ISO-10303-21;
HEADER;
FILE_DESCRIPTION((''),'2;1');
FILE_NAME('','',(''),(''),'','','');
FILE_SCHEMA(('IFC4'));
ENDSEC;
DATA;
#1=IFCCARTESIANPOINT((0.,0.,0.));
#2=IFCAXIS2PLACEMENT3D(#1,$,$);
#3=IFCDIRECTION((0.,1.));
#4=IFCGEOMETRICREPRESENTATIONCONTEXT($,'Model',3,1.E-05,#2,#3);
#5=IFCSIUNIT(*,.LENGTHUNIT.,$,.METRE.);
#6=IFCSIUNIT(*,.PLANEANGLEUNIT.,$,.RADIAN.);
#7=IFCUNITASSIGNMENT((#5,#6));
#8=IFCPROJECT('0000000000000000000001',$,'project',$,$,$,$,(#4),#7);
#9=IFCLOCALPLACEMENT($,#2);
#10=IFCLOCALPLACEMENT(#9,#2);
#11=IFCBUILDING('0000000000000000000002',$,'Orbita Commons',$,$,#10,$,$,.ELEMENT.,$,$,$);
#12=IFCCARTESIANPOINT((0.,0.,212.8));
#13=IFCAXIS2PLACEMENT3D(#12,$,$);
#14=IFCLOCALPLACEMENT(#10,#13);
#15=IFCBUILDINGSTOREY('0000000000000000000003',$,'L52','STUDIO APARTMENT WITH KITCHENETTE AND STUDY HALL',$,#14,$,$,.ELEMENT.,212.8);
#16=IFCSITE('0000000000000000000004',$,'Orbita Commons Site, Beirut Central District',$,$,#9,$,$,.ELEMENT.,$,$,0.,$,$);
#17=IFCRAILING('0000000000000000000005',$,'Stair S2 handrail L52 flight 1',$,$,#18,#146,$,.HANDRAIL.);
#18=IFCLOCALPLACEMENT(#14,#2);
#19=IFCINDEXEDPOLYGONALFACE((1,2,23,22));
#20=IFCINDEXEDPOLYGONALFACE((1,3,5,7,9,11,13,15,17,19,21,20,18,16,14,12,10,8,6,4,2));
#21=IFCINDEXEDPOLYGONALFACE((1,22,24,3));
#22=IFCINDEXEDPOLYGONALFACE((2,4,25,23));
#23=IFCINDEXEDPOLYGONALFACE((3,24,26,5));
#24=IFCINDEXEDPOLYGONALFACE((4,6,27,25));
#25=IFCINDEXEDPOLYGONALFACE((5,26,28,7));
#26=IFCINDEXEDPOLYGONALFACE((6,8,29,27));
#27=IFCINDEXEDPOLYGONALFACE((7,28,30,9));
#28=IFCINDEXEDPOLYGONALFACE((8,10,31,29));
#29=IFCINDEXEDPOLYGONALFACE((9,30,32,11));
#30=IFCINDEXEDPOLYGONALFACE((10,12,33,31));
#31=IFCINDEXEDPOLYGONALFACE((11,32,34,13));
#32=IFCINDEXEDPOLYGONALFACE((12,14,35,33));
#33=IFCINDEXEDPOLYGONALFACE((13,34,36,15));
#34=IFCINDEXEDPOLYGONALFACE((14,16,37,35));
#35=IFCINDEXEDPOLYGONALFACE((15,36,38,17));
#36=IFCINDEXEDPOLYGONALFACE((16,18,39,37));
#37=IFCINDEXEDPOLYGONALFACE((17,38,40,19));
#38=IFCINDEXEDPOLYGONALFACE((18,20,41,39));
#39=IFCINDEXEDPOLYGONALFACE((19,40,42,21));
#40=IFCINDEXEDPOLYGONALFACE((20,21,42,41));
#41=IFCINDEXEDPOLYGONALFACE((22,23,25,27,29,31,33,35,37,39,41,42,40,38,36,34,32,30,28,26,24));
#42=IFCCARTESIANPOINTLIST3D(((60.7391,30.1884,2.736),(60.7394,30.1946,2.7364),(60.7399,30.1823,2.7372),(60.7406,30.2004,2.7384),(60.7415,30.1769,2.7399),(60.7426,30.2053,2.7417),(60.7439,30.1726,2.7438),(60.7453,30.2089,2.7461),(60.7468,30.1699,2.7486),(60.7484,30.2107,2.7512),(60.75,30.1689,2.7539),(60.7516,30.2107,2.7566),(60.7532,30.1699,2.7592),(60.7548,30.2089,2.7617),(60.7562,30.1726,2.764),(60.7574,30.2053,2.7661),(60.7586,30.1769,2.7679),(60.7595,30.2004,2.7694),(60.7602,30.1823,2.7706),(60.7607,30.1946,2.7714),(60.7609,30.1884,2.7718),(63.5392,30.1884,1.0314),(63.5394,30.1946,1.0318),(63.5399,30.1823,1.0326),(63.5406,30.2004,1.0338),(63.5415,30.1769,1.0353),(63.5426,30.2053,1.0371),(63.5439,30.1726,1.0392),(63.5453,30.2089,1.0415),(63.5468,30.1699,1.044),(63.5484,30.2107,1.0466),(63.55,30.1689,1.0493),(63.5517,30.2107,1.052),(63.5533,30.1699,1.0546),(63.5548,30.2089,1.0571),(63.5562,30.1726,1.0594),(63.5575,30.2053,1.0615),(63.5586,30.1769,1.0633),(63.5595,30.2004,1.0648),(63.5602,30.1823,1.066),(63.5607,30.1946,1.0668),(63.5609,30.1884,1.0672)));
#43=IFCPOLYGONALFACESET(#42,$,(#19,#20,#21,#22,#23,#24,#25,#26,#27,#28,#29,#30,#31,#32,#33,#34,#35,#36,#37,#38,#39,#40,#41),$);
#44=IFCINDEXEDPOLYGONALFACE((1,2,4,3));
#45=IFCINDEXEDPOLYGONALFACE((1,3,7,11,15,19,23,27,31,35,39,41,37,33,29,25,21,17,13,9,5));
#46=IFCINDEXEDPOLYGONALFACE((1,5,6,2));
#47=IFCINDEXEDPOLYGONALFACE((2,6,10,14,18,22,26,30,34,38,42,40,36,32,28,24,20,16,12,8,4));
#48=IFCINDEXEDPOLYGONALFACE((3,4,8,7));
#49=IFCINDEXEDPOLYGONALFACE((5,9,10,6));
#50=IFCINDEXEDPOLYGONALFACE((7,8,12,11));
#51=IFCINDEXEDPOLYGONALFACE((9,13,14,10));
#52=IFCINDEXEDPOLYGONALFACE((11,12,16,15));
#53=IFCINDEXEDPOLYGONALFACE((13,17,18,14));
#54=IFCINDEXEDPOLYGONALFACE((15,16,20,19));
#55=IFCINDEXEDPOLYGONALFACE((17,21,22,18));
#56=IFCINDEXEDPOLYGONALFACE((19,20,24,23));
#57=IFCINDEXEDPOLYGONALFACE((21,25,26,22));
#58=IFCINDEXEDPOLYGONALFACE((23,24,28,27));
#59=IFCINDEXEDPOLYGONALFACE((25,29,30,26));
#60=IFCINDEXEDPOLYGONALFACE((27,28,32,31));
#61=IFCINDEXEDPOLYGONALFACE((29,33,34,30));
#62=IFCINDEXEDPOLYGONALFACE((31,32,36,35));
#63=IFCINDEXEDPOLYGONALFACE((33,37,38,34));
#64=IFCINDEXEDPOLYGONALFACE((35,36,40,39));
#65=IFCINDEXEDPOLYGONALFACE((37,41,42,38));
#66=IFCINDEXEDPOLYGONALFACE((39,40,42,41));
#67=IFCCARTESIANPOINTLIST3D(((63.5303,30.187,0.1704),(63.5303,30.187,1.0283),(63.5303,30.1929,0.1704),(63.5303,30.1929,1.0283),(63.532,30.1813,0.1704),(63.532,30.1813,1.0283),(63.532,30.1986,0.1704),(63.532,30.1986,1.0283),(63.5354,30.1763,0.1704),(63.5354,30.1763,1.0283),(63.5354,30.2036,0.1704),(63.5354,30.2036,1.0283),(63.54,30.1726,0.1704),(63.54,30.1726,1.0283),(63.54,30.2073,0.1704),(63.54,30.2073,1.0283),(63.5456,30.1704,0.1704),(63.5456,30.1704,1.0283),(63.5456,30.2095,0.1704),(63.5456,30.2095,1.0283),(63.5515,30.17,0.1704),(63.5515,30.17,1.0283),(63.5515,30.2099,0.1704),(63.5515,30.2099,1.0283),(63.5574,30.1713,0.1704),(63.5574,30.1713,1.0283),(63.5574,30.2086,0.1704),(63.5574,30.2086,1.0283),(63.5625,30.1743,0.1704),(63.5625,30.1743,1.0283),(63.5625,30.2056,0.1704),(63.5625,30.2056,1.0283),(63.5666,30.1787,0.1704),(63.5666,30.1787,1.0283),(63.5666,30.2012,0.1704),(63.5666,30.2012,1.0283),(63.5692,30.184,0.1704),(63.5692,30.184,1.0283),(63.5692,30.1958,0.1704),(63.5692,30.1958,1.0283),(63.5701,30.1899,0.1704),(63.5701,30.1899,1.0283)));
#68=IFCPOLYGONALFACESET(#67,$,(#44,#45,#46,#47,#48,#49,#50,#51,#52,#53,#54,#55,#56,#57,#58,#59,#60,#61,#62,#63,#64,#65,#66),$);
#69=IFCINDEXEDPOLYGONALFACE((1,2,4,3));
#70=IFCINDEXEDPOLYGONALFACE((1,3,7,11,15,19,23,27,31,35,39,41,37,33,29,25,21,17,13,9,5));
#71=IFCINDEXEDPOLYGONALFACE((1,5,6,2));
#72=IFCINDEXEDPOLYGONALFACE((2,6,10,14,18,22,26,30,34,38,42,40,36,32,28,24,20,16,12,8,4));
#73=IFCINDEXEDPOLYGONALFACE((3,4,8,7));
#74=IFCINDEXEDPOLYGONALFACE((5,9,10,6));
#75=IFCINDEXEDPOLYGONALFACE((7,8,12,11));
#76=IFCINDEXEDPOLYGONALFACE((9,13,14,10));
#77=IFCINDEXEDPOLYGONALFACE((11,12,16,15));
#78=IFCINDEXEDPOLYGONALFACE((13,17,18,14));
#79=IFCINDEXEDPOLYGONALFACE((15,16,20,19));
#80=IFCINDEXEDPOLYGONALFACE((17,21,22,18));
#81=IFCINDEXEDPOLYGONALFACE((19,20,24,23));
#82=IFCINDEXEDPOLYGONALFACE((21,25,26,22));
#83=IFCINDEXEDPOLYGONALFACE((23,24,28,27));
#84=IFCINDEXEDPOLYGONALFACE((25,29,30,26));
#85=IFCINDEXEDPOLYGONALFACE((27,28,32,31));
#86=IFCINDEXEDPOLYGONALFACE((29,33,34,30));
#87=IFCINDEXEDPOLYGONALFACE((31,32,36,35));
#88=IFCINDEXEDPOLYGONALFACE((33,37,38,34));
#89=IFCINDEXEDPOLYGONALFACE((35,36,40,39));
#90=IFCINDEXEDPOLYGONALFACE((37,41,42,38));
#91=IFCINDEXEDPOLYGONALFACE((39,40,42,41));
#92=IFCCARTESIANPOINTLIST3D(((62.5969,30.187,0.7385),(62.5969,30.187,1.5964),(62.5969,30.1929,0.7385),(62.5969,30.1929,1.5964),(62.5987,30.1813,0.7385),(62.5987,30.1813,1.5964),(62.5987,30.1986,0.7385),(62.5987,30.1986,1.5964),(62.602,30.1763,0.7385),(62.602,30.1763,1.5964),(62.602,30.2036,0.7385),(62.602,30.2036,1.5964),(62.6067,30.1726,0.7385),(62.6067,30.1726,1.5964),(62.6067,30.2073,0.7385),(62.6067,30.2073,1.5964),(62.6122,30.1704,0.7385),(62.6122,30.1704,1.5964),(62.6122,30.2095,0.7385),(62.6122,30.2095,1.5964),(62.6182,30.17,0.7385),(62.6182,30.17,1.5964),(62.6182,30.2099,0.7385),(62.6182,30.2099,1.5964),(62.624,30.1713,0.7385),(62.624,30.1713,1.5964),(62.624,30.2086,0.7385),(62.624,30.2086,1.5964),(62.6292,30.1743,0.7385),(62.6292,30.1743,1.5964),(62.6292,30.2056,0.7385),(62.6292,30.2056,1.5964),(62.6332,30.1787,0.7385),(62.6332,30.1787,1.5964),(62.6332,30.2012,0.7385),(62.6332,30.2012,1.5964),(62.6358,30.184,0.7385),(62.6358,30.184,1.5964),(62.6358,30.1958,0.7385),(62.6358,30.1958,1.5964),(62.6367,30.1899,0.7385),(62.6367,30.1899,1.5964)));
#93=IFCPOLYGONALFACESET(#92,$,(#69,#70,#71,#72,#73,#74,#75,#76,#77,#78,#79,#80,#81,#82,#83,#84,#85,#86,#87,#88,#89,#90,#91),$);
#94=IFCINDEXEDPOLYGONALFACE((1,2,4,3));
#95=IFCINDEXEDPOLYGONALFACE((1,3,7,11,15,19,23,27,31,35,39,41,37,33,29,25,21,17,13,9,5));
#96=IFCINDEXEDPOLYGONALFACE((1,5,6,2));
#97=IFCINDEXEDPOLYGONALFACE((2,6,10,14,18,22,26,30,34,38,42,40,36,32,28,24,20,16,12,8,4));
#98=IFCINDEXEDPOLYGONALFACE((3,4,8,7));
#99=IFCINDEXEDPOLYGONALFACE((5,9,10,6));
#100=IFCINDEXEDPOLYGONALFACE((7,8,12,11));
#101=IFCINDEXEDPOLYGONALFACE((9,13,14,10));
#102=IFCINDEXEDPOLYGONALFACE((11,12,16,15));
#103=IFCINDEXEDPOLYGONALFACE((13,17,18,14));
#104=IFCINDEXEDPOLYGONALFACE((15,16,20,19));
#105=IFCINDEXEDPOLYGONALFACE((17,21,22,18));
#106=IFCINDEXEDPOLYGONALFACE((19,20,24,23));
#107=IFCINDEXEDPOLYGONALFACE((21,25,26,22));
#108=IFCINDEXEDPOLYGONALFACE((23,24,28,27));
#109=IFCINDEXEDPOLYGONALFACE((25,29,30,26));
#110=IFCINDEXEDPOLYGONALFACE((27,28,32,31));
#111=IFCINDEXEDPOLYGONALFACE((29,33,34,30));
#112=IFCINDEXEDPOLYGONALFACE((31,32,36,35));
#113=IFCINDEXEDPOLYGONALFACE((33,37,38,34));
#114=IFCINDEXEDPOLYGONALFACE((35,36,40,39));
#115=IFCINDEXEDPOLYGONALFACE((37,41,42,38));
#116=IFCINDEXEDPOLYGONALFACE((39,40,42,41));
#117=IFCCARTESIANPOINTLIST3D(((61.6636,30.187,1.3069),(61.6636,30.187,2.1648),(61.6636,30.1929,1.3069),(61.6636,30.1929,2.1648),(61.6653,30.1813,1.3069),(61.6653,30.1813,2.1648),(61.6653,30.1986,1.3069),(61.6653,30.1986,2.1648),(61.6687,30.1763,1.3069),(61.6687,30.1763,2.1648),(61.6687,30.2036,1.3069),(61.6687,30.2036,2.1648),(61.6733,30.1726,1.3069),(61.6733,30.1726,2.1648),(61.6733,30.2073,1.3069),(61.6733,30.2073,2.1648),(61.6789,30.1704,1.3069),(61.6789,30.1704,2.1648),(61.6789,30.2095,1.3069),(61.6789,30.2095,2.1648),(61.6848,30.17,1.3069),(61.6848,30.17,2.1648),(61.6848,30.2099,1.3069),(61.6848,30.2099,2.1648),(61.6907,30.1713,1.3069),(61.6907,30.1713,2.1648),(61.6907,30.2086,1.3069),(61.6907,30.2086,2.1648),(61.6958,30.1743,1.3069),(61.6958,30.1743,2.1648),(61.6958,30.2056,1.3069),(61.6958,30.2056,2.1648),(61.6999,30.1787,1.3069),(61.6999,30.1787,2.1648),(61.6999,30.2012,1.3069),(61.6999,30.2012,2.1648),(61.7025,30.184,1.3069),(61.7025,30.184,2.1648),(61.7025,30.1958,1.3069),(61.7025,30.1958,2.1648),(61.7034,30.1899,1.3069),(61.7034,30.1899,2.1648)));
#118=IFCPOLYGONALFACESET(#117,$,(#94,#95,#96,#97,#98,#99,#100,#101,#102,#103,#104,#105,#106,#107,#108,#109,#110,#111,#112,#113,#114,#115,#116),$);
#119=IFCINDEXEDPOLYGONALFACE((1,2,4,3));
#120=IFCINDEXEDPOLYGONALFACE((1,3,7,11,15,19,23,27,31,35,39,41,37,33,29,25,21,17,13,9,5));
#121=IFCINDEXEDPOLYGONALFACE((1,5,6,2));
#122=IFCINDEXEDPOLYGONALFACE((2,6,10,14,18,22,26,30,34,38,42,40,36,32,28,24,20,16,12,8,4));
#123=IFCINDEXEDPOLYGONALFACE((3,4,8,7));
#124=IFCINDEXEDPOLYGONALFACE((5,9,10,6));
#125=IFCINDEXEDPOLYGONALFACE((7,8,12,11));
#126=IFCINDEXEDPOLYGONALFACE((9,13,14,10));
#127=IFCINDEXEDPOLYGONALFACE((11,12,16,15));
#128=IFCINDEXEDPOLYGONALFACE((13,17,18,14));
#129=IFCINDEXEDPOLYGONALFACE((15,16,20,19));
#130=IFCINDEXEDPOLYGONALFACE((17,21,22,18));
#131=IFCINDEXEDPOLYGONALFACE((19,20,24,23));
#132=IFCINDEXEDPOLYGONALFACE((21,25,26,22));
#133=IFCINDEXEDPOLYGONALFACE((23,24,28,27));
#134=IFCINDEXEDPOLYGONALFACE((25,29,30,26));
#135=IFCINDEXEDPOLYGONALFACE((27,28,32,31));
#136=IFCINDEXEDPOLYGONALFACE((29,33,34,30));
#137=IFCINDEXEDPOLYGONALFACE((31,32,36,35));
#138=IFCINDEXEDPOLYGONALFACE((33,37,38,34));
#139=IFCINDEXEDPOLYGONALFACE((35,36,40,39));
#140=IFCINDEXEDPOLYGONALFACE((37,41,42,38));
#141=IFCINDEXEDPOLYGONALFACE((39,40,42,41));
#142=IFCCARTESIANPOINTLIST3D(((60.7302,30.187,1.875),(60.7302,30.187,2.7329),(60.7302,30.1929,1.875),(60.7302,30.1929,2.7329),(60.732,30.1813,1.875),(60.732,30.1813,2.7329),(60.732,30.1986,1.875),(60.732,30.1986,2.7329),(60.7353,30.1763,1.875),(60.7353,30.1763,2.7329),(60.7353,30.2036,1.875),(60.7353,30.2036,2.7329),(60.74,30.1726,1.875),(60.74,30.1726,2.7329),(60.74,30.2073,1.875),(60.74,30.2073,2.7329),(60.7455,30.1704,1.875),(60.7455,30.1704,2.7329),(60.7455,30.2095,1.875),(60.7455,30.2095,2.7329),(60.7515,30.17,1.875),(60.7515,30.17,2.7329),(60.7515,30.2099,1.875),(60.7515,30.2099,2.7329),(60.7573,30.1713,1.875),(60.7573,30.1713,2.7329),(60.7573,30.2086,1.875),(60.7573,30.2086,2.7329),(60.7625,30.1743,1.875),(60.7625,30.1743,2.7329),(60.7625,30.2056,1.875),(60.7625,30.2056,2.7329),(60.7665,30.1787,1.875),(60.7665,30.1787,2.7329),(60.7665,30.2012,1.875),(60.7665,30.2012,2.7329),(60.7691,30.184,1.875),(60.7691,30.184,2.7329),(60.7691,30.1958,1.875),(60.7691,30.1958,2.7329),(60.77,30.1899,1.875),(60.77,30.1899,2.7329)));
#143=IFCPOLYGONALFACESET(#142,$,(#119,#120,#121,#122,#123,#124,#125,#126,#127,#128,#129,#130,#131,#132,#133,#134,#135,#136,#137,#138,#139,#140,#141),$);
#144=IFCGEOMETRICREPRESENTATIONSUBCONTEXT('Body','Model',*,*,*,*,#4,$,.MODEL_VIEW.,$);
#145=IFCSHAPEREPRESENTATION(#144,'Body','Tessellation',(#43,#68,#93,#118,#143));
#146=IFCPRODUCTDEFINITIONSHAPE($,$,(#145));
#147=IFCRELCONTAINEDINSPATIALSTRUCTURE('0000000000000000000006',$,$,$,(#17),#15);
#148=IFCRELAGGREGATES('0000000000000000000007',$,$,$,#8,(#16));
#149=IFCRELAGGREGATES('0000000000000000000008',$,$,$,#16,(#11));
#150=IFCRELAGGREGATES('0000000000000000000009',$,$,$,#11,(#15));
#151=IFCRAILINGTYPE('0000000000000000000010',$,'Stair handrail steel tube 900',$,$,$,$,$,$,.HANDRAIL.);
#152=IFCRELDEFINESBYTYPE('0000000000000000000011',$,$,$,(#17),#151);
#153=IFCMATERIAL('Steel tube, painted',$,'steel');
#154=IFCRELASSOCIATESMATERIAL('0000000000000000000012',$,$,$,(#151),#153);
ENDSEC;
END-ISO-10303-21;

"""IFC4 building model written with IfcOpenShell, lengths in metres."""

from ifc_helpers import new_model, si_unit, direction, frame, origin, origin_2d, place, context, subcontext, project, spatial, circle, extrude, material, type_object, element, save


model = new_model("IFC4")

# Units and contexts
model_context = context("Model", 3, precision=1e-05, world=origin(), true_north=direction((0.0, 1.0)))
body_context = subcontext(model_context, "Body", "Model", "MODEL_VIEW")
ifc_project = project(units=[si_unit("LENGTHUNIT", "METRE"), si_unit("PLANEANGLEUNIT", "RADIAN")], contexts=[model_context])

# Site, building, storey
site_placement = place(None, origin())
site = spatial("IfcSite", under=ifc_project, at=site_placement, Name="Orbita Commons Site, Beirut Central District", CompositionType="ELEMENT", RefElevation=0.0)
building_placement = place(site_placement, origin())
building = spatial("IfcBuilding", under=site, at=building_placement, Name="Orbita Commons", CompositionType="ELEMENT")
storey_placement = place(building_placement, frame((0.0, 0.0, 212.8)))
storey = spatial("IfcBuildingStorey", under=building, at=storey_placement, Name="L52", Description="STUDIO APARTMENT WITH KITCHENETTE AND STUDY HALL", CompositionType="ELEMENT", Elevation=212.8)

# Railing
ifc_material_1 = material(Name="Steel tube, painted", Category="steel")
railing_type = type_object("IfcRailingType", Name="Stair handrail steel tube 900", PredefinedType="HANDRAIL", material=ifc_material_1)
for number, where, name in (
    (1, (63.55, 30.1899, 0.1704), "Stair S2 handrail L52 flight 1"),
):
    element("IfcRailing", number, at=place(storey_placement, frame(where)), inside=storey, type_object=railing_type, Name=name, PredefinedType="HANDRAIL", context=body_context, shape_type="SweptSolid", body=[
        extrude(circle(Radius=0.021, at=origin_2d()), frame((0.0, 0.0, 0.8789), z_axis=(-0.85417, 0.0, 0.519994), x_axis=(0.0, -1.0, 0.0)), (0.0, 0.0, 1.0), 3.2781),
        extrude(circle(Radius=0.02, at=origin_2d()), origin(), (0.0, 0.0, 1.0), 0.8579),
        extrude(circle(Radius=0.02, at=origin_2d()), frame((-0.9333, 0.0, 0.5681)), (0.0, 0.0, 1.0), 0.8579),
        extrude(circle(Radius=0.02, at=origin_2d()), frame((-1.8667, 0.0, 1.1365)), (0.0, 0.0, 1.0), 0.8579),
        extrude(circle(Radius=0.02, at=origin_2d()), frame((-2.8, 0.0, 1.7046)), (0.0, 0.0, 1.0), 0.8579),
    ])

save(model, "model.ifc")
